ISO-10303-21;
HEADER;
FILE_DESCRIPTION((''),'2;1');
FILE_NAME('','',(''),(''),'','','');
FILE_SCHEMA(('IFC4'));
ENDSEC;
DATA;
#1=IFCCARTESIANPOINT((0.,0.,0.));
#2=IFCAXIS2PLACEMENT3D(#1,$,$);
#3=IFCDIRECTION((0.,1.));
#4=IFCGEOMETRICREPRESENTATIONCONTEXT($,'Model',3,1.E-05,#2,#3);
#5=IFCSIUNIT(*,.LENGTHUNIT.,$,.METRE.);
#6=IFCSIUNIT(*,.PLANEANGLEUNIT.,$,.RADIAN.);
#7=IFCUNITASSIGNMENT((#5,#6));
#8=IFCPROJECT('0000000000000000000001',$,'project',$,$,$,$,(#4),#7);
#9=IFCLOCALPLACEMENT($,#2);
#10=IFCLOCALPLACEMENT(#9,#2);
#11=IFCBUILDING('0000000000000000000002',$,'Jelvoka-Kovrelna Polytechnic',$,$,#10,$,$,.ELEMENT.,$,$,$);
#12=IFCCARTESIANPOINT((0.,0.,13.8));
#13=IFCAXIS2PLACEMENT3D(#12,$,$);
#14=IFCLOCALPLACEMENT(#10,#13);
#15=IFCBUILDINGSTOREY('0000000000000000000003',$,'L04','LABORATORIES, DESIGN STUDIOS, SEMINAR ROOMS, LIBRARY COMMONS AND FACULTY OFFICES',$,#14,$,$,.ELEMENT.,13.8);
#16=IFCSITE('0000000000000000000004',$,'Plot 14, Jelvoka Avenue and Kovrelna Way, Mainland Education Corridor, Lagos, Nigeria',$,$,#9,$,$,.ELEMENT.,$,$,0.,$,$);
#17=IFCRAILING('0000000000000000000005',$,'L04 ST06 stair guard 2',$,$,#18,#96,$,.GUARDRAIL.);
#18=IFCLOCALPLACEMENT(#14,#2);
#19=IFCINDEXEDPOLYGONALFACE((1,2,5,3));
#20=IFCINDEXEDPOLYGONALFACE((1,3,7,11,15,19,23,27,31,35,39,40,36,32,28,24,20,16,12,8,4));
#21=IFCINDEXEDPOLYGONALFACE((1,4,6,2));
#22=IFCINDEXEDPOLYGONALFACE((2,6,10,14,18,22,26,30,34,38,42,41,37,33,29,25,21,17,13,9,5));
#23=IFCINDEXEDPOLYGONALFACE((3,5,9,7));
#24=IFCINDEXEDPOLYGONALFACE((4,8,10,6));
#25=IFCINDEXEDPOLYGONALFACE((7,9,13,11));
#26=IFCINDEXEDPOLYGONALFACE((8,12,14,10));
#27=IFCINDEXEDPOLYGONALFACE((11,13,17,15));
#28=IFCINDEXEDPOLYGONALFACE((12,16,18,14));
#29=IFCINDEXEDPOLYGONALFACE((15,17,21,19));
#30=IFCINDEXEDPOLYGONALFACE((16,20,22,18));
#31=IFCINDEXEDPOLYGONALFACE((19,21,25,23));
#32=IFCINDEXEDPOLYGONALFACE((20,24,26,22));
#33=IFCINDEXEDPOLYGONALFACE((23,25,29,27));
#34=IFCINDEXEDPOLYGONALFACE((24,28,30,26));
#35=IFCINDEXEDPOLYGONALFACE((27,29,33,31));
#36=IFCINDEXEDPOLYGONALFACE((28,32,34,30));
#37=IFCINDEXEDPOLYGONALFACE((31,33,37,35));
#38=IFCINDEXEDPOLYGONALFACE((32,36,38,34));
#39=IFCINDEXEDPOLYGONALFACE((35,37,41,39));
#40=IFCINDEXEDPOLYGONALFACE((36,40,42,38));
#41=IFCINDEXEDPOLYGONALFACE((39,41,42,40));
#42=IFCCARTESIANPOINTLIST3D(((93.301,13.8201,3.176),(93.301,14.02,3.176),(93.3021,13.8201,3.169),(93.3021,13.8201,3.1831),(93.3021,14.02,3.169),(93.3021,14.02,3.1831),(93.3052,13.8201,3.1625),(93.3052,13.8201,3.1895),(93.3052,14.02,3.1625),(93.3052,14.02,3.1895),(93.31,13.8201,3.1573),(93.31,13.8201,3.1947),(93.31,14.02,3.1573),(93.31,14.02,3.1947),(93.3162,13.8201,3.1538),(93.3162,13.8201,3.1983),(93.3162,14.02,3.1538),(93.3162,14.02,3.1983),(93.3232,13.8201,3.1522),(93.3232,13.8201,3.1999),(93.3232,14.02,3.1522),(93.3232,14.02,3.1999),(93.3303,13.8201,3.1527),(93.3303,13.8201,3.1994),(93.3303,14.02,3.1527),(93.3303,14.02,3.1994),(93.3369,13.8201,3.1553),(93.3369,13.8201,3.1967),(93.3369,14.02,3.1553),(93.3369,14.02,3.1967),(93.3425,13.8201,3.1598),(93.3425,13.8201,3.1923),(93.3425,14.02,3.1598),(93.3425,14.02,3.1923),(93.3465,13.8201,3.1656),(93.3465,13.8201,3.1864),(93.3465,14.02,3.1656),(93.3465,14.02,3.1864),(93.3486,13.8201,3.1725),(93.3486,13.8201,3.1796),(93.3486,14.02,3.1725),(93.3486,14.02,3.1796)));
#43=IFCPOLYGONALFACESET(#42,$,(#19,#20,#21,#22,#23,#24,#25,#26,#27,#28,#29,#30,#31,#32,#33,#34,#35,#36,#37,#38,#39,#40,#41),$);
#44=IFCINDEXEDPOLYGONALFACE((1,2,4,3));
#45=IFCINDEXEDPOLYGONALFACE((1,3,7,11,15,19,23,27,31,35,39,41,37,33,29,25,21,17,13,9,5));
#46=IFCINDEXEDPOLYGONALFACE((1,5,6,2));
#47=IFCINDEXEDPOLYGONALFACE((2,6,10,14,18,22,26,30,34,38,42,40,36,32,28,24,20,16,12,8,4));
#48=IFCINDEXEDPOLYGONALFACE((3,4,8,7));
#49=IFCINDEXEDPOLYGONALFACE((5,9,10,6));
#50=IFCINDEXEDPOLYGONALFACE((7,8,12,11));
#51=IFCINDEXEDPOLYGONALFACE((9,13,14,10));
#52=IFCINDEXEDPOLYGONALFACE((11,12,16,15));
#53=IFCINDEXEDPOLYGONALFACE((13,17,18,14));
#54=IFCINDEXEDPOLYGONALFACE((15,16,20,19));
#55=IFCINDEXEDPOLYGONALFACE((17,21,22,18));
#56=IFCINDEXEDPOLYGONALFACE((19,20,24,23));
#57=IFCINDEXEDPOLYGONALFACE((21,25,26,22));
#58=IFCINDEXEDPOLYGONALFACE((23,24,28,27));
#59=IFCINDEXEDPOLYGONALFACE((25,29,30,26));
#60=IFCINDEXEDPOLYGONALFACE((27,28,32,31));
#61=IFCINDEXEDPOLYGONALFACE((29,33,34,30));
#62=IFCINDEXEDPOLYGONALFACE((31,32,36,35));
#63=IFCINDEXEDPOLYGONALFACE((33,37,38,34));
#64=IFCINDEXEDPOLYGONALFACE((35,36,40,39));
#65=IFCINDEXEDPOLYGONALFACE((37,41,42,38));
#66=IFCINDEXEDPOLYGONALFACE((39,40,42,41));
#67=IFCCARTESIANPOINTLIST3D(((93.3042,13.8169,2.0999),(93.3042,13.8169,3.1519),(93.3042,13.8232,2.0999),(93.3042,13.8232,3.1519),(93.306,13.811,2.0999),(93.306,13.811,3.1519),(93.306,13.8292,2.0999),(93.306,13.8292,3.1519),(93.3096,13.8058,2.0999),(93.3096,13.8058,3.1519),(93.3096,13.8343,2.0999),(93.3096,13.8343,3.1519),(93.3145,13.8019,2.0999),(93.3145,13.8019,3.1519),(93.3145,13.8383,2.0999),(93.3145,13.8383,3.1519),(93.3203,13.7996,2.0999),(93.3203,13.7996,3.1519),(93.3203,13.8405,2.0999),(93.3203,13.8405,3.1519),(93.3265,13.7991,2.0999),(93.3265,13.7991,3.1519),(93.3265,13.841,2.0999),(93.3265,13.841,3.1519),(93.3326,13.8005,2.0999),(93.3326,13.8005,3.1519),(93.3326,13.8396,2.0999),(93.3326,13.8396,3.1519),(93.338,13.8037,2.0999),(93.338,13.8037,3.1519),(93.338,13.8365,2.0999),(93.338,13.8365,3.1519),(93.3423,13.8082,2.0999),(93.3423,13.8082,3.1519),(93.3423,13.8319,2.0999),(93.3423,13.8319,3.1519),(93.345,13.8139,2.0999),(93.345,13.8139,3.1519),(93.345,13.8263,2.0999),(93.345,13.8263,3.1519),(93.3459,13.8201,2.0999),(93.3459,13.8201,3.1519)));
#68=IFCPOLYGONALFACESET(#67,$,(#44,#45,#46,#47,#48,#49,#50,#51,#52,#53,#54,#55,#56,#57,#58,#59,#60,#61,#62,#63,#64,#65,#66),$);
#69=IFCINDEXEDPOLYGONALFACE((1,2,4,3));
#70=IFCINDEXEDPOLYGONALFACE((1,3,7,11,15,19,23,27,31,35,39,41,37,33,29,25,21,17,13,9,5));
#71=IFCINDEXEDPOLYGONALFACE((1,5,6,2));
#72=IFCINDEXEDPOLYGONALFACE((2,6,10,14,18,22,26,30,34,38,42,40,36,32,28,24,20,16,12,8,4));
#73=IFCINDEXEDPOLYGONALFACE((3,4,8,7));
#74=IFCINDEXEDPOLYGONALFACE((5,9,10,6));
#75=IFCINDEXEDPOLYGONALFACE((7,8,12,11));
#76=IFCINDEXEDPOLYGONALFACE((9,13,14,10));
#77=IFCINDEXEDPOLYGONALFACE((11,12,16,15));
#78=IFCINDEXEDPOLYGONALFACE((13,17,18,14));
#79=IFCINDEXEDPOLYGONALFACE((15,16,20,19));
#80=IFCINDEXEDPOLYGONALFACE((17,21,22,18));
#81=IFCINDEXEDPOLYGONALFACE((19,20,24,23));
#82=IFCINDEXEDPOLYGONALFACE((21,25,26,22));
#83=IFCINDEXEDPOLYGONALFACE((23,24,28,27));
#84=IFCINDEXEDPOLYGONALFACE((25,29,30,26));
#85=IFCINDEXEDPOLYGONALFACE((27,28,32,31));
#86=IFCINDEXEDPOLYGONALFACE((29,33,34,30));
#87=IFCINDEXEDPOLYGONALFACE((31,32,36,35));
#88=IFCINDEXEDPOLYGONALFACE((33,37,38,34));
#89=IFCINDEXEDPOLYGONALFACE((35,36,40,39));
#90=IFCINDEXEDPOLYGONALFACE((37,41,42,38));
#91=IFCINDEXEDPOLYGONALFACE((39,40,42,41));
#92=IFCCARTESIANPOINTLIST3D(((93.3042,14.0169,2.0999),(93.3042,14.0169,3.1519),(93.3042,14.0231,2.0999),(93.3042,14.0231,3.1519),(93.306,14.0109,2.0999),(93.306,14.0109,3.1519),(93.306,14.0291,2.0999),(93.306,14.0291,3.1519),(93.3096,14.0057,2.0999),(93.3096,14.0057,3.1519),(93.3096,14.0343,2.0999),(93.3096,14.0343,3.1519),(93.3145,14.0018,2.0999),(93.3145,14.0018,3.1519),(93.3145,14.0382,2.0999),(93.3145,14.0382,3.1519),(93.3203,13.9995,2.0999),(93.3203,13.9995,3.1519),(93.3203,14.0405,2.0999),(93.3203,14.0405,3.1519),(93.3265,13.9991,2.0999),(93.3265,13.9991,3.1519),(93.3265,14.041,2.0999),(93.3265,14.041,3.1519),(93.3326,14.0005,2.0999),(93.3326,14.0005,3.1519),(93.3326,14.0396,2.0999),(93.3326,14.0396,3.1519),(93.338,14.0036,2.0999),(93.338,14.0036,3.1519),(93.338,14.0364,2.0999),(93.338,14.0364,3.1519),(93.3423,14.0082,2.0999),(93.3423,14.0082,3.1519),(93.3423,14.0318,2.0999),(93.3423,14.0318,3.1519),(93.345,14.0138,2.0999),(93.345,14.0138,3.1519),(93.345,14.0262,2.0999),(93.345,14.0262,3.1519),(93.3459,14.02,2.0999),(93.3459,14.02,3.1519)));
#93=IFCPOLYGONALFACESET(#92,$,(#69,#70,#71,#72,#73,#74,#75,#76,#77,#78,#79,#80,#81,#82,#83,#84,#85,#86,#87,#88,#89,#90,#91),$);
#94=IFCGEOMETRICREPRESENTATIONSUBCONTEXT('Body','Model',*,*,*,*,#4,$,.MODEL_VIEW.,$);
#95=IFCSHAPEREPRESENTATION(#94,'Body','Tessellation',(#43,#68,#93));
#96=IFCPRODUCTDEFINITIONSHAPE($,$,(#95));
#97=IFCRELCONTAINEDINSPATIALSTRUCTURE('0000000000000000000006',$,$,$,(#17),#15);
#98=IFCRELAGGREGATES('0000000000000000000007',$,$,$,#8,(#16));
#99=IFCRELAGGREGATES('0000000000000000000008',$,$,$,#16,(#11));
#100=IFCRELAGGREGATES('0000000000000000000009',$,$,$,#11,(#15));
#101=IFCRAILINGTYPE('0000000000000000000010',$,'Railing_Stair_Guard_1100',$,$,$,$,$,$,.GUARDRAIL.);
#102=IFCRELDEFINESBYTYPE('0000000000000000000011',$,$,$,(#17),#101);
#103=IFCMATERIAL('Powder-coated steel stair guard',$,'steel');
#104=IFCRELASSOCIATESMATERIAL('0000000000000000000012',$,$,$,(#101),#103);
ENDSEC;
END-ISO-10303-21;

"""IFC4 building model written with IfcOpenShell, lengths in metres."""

from ifc_helpers import new_model, si_unit, direction, frame, origin, origin_2d, place, context, subcontext, project, spatial, circle, extrude, material, type_object, element, save


model = new_model("IFC4")

# Units and contexts
model_context = context("Model", 3, precision=1e-05, world=origin(), true_north=direction((0.0, 1.0)))
body_context = subcontext(model_context, "Body", "Model", "MODEL_VIEW")
ifc_project = project(units=[si_unit("LENGTHUNIT", "METRE"), si_unit("PLANEANGLEUNIT", "RADIAN")], contexts=[model_context])

# Site, building, storey
site_placement = place(None, origin())
site = spatial("IfcSite", under=ifc_project, at=site_placement, Name="Plot 14, Jelvoka Avenue and Kovrelna Way, Mainland Education Corridor, Lagos, Nigeria", CompositionType="ELEMENT", RefElevation=0.0)
building_placement = place(site_placement, origin())
building = spatial("IfcBuilding", under=site, at=building_placement, Name="Jelvoka-Kovrelna Polytechnic", CompositionType="ELEMENT")
storey_placement = place(building_placement, frame((0.0, 0.0, 13.8)))
storey = spatial("IfcBuildingStorey", under=building, at=storey_placement, Name="L04", Description="LABORATORIES, DESIGN STUDIOS, SEMINAR ROOMS, LIBRARY COMMONS AND FACULTY OFFICES", CompositionType="ELEMENT", Elevation=13.8)

# Railing
ifc_material_1 = material(Name="Powder-coated steel stair guard", Category="steel")
railing_type_1 = type_object("IfcRailingType", Name="Railing_Stair_Guard_1100", PredefinedType="GUARDRAIL", material=ifc_material_1)
railing_1_placement = place(storey_placement, frame((93.325, 13.8201, 2.0999)))
element("IfcRailing", 1, at=railing_1_placement, inside=storey, type_object=railing_type_1, Name="L04 ST06 stair guard 2", PredefinedType="GUARDRAIL", context=body_context, shape_type="SweptSolid", body=[
    extrude(circle(Radius=0.0239, at=origin_2d()), frame((0.0, 0.0, 1.0762), z_axis=(0.0, 1.0, 0.0), x_axis=(-1.0, 0.0, 0.0)), (0.0, 0.0, 1.0), 0.2),
    extrude(circle(Radius=0.021, at=origin_2d()), origin(), (0.0, 0.0, 1.0), 1.052),
    extrude(circle(Radius=0.021, at=origin_2d()), frame((0.0, 0.2, 0.0)), (0.0, 0.0, 1.0), 1.052),
])

save(model, "model.ifc")
